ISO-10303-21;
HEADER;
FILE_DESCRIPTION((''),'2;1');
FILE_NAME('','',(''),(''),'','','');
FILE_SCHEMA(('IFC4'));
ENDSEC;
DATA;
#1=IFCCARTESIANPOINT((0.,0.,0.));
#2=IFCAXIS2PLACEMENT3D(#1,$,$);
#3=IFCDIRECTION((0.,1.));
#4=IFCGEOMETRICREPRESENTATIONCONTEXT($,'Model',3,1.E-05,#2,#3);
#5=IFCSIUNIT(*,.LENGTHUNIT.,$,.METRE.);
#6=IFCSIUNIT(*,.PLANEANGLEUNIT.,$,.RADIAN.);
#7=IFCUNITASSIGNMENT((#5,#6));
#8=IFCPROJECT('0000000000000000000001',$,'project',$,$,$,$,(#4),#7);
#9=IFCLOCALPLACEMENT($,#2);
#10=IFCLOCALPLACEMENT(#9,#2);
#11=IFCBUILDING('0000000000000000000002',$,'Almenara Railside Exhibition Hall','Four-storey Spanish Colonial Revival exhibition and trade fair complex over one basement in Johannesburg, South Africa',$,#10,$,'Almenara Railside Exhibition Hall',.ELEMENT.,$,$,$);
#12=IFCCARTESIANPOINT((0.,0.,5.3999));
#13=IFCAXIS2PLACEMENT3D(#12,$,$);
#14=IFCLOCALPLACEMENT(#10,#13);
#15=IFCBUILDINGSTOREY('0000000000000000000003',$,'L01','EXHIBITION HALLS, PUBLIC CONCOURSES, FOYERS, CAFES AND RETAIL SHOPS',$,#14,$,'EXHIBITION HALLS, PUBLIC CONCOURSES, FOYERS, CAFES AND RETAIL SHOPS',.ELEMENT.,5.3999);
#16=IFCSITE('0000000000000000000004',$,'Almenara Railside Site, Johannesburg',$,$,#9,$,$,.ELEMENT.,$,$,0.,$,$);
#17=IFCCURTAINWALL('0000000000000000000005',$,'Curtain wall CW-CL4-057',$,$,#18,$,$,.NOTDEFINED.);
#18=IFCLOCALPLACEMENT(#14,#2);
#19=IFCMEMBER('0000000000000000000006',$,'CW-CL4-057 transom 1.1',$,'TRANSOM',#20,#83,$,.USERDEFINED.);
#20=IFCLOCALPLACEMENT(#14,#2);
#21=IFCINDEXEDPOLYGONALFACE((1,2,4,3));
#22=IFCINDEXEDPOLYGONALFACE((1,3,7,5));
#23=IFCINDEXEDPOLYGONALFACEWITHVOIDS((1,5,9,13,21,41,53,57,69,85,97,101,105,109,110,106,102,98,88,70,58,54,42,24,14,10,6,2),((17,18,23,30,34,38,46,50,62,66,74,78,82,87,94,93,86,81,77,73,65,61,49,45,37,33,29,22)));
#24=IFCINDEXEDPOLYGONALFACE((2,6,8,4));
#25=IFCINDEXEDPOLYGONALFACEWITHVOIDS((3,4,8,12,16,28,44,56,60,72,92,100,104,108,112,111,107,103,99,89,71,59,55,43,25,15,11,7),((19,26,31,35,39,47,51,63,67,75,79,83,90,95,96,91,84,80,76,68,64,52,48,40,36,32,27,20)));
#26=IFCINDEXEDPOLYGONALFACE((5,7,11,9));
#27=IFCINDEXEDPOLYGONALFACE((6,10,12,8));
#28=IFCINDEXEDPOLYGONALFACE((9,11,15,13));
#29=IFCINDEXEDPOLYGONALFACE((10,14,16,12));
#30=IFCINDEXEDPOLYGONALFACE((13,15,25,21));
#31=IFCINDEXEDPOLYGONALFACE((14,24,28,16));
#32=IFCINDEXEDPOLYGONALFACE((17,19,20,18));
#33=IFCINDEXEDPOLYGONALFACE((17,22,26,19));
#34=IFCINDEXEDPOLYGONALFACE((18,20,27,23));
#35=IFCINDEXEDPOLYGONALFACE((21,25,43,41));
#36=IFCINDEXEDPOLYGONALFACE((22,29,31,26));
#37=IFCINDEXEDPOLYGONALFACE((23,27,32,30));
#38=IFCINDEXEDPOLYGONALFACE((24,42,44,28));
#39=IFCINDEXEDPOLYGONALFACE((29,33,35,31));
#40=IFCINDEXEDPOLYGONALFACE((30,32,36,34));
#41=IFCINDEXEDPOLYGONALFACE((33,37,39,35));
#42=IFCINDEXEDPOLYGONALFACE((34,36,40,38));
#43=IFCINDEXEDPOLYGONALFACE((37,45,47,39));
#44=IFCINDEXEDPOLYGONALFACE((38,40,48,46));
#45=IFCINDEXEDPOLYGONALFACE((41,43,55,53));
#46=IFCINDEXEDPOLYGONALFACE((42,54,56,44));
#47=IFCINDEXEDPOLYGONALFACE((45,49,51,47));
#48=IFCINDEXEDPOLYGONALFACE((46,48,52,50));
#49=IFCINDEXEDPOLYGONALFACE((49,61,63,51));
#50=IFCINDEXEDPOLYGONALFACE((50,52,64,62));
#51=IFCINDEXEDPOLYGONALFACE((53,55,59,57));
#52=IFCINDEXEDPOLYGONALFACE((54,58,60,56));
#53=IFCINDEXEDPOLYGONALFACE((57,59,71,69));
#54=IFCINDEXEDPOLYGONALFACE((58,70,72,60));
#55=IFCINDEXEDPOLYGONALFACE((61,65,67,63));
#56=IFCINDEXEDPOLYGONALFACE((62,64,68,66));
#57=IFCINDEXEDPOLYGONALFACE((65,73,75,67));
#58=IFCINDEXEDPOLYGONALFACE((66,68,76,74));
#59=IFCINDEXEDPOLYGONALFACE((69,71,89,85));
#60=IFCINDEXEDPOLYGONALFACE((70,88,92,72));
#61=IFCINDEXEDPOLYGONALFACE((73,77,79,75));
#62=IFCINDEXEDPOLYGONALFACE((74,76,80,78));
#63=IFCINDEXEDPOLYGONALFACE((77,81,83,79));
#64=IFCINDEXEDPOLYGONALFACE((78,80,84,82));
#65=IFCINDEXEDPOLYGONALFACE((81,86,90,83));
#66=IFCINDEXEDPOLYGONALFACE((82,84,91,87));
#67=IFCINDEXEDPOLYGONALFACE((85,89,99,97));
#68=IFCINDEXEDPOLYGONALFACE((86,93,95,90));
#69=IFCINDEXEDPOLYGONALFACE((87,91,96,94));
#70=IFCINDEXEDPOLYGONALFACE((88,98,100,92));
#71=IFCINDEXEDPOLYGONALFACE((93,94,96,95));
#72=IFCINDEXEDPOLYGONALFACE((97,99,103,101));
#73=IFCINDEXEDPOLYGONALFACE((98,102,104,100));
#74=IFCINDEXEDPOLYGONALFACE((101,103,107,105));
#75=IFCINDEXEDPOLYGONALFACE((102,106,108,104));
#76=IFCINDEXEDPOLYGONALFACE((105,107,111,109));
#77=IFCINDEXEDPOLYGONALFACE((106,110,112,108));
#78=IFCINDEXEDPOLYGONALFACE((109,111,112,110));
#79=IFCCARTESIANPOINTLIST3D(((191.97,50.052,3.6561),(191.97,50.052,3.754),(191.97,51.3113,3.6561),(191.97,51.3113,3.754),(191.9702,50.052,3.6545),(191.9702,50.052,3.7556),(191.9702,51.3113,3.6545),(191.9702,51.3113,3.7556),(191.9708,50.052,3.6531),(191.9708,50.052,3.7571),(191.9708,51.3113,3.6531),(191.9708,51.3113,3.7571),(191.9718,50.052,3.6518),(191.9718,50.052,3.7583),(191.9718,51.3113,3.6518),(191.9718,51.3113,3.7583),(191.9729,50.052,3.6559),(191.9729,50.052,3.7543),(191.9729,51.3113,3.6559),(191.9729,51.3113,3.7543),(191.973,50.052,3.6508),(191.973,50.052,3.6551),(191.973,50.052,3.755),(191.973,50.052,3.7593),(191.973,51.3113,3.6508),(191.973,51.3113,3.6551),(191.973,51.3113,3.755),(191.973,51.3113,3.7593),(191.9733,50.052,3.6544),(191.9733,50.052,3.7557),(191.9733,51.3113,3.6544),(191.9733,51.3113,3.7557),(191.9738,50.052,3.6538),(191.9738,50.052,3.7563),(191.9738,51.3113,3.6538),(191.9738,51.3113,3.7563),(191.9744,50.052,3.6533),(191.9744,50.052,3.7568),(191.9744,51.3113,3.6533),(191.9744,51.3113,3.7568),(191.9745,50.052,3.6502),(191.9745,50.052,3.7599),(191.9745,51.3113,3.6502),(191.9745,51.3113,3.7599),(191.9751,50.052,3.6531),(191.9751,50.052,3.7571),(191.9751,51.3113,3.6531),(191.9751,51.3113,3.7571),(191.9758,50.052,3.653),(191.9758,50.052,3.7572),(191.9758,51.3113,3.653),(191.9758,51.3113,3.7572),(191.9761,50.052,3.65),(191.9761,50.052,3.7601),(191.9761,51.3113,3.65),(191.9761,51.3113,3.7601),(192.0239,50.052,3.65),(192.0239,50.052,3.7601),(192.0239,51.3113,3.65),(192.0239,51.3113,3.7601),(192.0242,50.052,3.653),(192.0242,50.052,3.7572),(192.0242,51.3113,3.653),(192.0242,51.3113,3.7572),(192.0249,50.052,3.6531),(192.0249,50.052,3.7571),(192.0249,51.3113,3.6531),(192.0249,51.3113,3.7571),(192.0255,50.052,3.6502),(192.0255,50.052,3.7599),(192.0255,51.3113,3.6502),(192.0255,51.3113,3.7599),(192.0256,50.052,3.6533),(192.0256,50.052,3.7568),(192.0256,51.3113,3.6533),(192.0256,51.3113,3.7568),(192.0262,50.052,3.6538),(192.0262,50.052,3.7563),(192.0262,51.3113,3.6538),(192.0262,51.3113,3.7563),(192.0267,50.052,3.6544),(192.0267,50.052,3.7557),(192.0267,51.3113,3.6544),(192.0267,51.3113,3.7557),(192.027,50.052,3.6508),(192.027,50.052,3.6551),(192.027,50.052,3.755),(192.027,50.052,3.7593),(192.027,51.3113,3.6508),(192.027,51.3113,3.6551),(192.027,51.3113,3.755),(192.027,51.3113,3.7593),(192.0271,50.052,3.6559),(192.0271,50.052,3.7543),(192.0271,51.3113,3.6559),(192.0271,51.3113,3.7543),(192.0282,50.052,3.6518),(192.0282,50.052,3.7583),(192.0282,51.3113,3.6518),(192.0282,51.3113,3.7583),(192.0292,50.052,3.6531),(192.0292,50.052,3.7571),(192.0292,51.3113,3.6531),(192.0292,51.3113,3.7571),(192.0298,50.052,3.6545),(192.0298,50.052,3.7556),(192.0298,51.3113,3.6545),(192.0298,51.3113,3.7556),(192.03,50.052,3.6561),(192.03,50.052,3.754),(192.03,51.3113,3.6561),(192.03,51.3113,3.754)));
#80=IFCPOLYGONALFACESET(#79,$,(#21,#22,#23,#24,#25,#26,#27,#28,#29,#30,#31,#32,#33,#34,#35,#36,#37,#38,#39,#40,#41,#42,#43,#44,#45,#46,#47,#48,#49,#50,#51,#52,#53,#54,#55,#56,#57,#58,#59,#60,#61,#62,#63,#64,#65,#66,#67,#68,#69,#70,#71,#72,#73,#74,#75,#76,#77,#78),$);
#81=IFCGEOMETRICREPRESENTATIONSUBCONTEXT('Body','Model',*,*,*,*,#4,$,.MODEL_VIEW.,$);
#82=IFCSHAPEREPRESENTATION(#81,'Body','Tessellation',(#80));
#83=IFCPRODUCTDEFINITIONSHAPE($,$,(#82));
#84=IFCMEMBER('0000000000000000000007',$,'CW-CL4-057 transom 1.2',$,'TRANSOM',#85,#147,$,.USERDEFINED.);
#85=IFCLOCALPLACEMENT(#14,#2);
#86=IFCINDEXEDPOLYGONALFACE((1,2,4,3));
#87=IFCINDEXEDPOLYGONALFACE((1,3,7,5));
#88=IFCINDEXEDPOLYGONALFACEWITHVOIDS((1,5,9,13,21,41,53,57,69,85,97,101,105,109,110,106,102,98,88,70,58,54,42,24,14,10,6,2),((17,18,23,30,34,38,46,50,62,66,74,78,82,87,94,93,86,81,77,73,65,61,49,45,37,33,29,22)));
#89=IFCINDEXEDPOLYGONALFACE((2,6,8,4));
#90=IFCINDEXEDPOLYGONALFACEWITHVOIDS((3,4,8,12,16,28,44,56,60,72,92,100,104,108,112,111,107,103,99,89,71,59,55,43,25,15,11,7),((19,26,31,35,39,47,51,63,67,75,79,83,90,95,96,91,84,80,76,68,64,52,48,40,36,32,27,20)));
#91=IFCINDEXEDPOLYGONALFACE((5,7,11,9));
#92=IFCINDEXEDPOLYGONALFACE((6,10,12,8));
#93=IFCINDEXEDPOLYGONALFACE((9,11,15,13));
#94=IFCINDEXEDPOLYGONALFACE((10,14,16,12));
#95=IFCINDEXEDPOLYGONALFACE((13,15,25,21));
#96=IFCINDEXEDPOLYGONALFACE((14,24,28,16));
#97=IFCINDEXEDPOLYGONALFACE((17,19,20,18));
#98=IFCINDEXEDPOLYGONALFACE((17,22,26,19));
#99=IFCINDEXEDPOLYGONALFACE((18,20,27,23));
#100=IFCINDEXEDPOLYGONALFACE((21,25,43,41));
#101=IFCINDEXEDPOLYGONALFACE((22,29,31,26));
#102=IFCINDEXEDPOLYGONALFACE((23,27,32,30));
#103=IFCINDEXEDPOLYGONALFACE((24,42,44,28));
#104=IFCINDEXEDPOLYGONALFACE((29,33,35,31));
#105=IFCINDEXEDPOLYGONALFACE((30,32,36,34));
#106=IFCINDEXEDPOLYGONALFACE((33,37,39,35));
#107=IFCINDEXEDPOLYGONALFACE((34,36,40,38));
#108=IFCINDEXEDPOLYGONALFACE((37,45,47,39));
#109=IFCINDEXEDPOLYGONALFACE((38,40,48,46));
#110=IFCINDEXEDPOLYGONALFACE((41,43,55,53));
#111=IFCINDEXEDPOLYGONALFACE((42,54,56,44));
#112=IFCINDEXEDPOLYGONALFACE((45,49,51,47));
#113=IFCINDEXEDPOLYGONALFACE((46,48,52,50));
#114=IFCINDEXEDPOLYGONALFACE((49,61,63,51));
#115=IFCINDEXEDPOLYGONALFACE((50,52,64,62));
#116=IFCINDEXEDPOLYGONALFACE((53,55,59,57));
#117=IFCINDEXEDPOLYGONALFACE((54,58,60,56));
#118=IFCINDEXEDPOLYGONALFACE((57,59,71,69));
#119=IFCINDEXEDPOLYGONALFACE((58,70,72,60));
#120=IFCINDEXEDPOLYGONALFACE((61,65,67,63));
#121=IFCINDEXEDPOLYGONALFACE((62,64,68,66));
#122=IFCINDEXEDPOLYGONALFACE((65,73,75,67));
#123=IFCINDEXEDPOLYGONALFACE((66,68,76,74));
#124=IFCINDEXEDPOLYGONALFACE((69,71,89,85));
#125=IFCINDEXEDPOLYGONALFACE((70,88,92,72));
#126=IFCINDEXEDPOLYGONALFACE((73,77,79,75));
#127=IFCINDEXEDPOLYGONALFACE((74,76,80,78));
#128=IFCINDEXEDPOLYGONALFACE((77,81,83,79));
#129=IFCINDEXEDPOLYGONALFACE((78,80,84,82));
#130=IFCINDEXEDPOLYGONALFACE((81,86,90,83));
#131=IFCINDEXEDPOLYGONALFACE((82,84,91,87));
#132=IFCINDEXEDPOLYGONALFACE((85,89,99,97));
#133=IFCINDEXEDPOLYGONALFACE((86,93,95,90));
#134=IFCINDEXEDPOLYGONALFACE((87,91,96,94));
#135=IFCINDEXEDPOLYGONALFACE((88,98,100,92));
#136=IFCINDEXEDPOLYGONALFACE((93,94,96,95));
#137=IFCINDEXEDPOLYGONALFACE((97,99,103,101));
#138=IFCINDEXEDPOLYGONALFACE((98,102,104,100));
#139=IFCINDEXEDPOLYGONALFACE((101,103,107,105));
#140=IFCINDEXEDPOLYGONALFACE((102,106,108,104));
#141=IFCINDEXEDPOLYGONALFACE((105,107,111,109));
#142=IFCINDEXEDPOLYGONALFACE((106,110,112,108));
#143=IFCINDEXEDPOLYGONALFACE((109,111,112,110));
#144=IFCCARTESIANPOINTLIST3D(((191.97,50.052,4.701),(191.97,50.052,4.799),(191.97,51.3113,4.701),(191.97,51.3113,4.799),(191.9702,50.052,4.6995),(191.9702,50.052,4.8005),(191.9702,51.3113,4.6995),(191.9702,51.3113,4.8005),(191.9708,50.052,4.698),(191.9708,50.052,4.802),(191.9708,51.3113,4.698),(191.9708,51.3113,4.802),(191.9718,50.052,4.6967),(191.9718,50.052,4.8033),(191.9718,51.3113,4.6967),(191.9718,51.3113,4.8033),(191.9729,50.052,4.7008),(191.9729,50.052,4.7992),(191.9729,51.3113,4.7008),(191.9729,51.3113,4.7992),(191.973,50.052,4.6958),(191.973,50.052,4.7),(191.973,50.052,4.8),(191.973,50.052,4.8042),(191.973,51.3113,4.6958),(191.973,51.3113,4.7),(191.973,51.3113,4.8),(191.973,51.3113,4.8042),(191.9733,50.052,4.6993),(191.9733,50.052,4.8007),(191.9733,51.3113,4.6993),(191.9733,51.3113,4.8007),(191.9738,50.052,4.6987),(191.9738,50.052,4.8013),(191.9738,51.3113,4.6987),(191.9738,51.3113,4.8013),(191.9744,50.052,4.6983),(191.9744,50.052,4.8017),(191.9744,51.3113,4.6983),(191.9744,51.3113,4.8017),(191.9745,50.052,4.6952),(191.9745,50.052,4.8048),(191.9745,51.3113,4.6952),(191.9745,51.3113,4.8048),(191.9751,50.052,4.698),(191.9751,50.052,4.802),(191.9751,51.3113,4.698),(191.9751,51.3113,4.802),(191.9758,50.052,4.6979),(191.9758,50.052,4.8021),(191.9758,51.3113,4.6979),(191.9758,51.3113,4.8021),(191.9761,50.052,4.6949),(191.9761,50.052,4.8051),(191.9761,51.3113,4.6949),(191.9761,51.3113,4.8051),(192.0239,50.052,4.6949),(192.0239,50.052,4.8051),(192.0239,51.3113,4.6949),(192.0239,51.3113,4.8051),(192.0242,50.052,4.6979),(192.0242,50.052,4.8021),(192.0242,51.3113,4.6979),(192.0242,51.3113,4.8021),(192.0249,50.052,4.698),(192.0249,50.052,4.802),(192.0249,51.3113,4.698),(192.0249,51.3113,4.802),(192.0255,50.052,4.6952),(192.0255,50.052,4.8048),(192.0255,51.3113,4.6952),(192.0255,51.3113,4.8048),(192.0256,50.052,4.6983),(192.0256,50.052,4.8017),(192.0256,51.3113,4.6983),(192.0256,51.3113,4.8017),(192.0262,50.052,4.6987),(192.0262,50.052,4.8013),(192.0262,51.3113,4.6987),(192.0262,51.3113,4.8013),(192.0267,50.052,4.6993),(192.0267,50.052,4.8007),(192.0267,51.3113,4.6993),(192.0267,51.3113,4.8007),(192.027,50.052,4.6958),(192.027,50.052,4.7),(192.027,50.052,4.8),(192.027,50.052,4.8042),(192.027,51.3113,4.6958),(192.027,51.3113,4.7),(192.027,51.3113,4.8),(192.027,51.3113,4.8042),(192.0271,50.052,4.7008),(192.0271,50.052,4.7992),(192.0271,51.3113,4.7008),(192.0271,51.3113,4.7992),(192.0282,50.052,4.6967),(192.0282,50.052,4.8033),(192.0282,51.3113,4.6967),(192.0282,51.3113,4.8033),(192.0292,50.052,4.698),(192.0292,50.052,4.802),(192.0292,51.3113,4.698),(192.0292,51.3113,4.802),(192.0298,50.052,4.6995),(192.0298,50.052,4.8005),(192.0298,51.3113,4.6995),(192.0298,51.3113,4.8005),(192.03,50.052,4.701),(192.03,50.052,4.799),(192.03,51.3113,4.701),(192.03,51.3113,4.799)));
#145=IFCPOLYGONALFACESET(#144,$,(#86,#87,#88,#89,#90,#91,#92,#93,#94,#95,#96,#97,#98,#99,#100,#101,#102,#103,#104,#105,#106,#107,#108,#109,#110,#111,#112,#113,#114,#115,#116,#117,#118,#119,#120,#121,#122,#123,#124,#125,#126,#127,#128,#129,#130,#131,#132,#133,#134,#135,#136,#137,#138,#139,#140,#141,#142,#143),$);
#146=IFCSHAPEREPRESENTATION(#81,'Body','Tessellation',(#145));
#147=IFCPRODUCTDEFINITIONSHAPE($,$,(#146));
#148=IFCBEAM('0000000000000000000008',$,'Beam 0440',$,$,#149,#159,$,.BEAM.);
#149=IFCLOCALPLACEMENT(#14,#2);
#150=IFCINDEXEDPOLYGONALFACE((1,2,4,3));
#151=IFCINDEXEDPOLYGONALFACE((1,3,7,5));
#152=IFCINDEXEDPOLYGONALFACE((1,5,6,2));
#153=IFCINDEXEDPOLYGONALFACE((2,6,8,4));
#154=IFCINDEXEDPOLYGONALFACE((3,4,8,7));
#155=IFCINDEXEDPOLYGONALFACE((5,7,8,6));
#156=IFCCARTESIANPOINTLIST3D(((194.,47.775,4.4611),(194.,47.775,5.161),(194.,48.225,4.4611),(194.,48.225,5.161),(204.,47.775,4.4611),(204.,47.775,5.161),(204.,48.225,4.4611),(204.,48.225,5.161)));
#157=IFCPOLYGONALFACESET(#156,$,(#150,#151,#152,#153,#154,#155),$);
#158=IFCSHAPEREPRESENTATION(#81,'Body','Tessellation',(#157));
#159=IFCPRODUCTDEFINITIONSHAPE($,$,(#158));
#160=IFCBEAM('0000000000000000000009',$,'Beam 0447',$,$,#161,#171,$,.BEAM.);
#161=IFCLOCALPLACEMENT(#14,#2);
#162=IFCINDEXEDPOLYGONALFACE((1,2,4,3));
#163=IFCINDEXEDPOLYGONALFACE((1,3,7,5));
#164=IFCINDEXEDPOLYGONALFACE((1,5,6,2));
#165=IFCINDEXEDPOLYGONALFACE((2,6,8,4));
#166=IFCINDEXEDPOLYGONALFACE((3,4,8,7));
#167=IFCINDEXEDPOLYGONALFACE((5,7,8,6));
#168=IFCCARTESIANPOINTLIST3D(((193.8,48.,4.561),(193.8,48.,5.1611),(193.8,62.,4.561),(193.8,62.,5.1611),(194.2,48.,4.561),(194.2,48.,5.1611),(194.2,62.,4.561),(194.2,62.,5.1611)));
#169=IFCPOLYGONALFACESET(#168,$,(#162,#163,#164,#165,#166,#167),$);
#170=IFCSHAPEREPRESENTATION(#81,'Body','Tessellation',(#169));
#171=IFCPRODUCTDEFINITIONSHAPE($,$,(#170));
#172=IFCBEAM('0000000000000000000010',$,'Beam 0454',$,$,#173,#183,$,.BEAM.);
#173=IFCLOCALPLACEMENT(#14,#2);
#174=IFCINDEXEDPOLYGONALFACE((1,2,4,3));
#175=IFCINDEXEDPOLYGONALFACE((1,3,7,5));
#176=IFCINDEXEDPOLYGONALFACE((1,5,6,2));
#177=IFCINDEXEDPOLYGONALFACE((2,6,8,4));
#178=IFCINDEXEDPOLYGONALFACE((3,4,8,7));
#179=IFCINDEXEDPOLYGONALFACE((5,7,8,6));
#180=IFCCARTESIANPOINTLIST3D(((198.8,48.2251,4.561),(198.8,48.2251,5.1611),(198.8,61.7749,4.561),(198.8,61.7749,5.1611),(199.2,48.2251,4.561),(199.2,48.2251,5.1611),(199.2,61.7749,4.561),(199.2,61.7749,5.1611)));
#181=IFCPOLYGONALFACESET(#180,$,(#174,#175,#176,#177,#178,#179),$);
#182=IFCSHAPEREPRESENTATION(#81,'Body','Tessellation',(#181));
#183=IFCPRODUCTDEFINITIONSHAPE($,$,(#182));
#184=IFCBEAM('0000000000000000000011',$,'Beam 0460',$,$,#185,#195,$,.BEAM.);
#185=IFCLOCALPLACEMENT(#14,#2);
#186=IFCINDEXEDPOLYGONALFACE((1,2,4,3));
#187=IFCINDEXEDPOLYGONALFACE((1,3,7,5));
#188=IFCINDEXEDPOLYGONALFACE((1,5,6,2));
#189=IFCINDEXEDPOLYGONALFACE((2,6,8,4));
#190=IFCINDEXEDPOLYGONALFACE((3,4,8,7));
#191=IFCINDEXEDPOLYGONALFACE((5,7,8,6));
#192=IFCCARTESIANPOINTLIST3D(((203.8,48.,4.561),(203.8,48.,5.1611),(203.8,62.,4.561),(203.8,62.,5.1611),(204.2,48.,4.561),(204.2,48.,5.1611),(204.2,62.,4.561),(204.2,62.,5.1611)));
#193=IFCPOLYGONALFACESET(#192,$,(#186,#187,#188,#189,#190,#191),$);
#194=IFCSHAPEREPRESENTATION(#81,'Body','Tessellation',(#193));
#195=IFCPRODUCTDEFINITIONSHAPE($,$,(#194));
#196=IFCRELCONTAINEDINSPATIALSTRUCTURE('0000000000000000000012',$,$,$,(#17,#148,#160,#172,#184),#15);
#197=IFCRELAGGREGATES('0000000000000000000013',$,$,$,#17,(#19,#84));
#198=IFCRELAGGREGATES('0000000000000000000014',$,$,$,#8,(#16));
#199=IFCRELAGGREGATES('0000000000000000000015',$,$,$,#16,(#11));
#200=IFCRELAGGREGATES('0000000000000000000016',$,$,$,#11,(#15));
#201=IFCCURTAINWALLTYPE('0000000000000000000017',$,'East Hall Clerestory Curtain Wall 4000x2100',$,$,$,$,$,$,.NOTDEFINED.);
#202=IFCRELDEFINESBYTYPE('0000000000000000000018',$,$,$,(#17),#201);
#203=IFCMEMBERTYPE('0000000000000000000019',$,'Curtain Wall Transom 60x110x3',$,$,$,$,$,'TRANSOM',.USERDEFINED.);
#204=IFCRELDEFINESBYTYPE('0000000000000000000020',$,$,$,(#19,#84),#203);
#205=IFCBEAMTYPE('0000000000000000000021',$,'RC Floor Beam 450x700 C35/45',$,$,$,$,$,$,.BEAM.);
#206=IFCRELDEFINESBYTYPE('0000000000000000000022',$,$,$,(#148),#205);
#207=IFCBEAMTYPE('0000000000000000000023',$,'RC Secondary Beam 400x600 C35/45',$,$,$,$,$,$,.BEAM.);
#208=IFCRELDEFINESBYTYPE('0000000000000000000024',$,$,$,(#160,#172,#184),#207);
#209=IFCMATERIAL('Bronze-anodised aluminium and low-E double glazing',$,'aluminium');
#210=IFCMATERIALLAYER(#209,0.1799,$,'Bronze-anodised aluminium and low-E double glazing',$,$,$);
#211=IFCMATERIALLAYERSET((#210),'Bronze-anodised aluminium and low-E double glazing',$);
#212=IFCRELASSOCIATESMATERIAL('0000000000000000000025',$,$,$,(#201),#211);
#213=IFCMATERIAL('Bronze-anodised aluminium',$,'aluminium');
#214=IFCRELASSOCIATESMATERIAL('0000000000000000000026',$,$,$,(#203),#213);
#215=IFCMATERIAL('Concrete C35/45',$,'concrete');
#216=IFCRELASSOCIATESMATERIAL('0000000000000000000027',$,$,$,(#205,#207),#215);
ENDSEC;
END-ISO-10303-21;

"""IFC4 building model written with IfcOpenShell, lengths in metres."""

from ifc_helpers import new_model, si_unit, direction, frame, origin, origin_2d, place, context, subcontext, project, spatial, rectangle, hollow_rectangle, extrude, material, layer, layer_set, material_profile, profile_set, type_object, element, aggregate, save


model = new_model("IFC4")

# Units and contexts
model_context = context("Model", 3, precision=1e-05, world=origin(), true_north=direction((0.0, 1.0)))
body_context = subcontext(model_context, "Body", "Model", "MODEL_VIEW")
ifc_project = project(units=[si_unit("LENGTHUNIT", "METRE"), si_unit("PLANEANGLEUNIT", "RADIAN")], contexts=[model_context])

# Site, building, storey
site_placement = place(None, origin())
site = spatial("IfcSite", under=ifc_project, at=site_placement, Name="Almenara Railside Site, Johannesburg", CompositionType="ELEMENT", RefElevation=0.0)
building_placement = place(site_placement, origin())
building = spatial("IfcBuilding", under=site, at=building_placement, Name="Almenara Railside Exhibition Hall", Description="Four-storey Spanish Colonial Revival exhibition and trade fair complex over one basement in Johannesburg, South Africa", LongName="Almenara Railside Exhibition Hall", CompositionType="ELEMENT")
storey_placement = place(building_placement, frame((0.0, 0.0, 5.3999)))
storey = spatial("IfcBuildingStorey", under=building, at=storey_placement, Name="L01", Description="EXHIBITION HALLS, PUBLIC CONCOURSES, FOYERS, CAFES AND RETAIL SHOPS", LongName="EXHIBITION HALLS, PUBLIC CONCOURSES, FOYERS, CAFES AND RETAIL SHOPS", CompositionType="ELEMENT", Elevation=5.3999)

# Shared definitions
ifc_material_1 = material(Name="Concrete C35/45", Category="concrete")

# Shared definitions
ifc_material_2 = material(Name="Bronze-anodised aluminium and low-E double glazing", Category="aluminium")
ifc_material_3 = material(Name="Bronze-anodised aluminium", Category="aluminium")

# Curtain wall
ifc_layer_1 = layer(ifc_material_2, 0.1799, Name="Bronze-anodised aluminium and low-E double glazing")
ifc_layer_set_1 = layer_set([ifc_layer_1], Name="Bronze-anodised aluminium and low-E double glazing")
curtain_wall_type_1 = type_object("IfcCurtainWallType", Name="East Hall Clerestory Curtain Wall 4000x2100", PredefinedType="NOTDEFINED", material=ifc_layer_set_1)
curtain_wall_1_placement = place(storey_placement, origin())
curtain_wall_1 = element("IfcCurtainWall", 1, at=curtain_wall_1_placement, inside=storey, type_object=curtain_wall_type_1, Name="Curtain wall CW-CL4-057", PredefinedType="NOTDEFINED")

# Members
ifc_material_profile_1 = material_profile(ifc_material_3, hollow_rectangle(XDim=0.0601, YDim=0.1101, WallThickness=0.0029, InnerFilletRadius=0.0029, OuterFilletRadius=0.0061, at=origin_2d()), Name="ALU-TRN 60x110x3")
ifc_profile_set_1 = profile_set([ifc_material_profile_1], Name="Bronze-anodised aluminium")
member_type_1 = type_object("IfcMemberType", Name="Curtain Wall Transom 60x110x3", ElementType="TRANSOM", PredefinedType="USERDEFINED", material=ifc_profile_set_1)
member_1_placement = place(storey_placement, frame((192.0, 50.052, 3.7051), z_axis=(0.0, 1.0, 0.0), x_axis=(-1.0, 0.0, 0.0)))
member_1 = element("IfcMember", 2, at=member_1_placement, type_object=member_type_1, Name="CW-CL4-057 transom 1.1", ObjectType="TRANSOM", PredefinedType="USERDEFINED", context=body_context, shape_type="SweptSolid", body=[
    extrude(hollow_rectangle(XDim=0.0601, YDim=0.1101, WallThickness=0.0029, InnerFilletRadius=0.0029, OuterFilletRadius=0.0061, at=origin_2d()), origin(), (0.0, 0.0, 1.0), 1.2593),
])
member_2_placement = place(storey_placement, frame((192.0, 50.052, 4.75), z_axis=(0.0, 1.0, 0.0), x_axis=(-1.0, 0.0, 0.0)))
member_2 = element("IfcMember", 3, at=member_2_placement, type_object=member_type_1, Name="CW-CL4-057 transom 1.2", ObjectType="TRANSOM", PredefinedType="USERDEFINED", context=body_context, shape_type="SweptSolid", body=[
    extrude(hollow_rectangle(XDim=0.0601, YDim=0.1101, WallThickness=0.0029, InnerFilletRadius=0.0029, OuterFilletRadius=0.0061, at=origin_2d()), origin(), (0.0, 0.0, 1.0), 1.2593),
])
aggregate(curtain_wall_1, [member_1, member_2])

# Beams
ifc_material_profile_2 = material_profile(ifc_material_1, rectangle(XDim=0.45, YDim=0.7, at=origin_2d()), Name="RC 450x700")
ifc_profile_set_2 = profile_set([ifc_material_profile_2], Name="Concrete C35/45")
beam_type_1 = type_object("IfcBeamType", Name="RC Floor Beam 450x700 C35/45", PredefinedType="BEAM", material=ifc_profile_set_2)
beam_1_placement = place(storey_placement, frame((194.0, 48.0, 4.811), z_axis=(1.0, 0.0, 0.0), x_axis=(0.0, 1.0, 0.0)))
element("IfcBeam", 4, at=beam_1_placement, inside=storey, type_object=beam_type_1, Name="Beam 0440", PredefinedType="BEAM", context=body_context, shape_type="SweptSolid", body=[
    extrude(rectangle(XDim=0.45, YDim=0.7, at=origin_2d()), origin(), (0.0, 0.0, 1.0), 10.0),
])
ifc_material_profile_3 = material_profile(ifc_material_1, rectangle(XDim=0.3999, YDim=0.6001, at=origin_2d()), Name="RC 400x600")
ifc_profile_set_3 = profile_set([ifc_material_profile_3], Name="Concrete C35/45")
beam_type_2 = type_object("IfcBeamType", Name="RC Secondary Beam 400x600 C35/45", PredefinedType="BEAM", material=ifc_profile_set_3)
beam_2_placement = place(storey_placement, frame((194.0, 48.0, 4.8611), z_axis=(0.0, 1.0, 0.0), x_axis=(-1.0, 0.0, 0.0)))
element("IfcBeam", 5, at=beam_2_placement, inside=storey, type_object=beam_type_2, Name="Beam 0447", PredefinedType="BEAM", context=body_context, shape_type="SweptSolid", body=[
    extrude(rectangle(XDim=0.3999, YDim=0.6001, at=origin_2d()), origin(), (0.0, 0.0, 1.0), 14.0),
])
beam_3_placement = place(storey_placement, frame((199.0, 48.2251, 4.8611), z_axis=(0.0, 1.0, 0.0), x_axis=(-1.0, 0.0, 0.0)))
element("IfcBeam", 6, at=beam_3_placement, inside=storey, type_object=beam_type_2, Name="Beam 0454", PredefinedType="BEAM", context=body_context, shape_type="SweptSolid", body=[
    extrude(rectangle(XDim=0.3999, YDim=0.6001, at=origin_2d()), origin(), (0.0, 0.0, 1.0), 13.5498),
])
beam_4_placement = place(storey_placement, frame((204.0, 48.0, 4.8611), z_axis=(0.0, 1.0, 0.0), x_axis=(-1.0, 0.0, 0.0)))
element("IfcBeam", 7, at=beam_4_placement, inside=storey, type_object=beam_type_2, Name="Beam 0460", PredefinedType="BEAM", context=body_context, shape_type="SweptSolid", body=[
    extrude(rectangle(XDim=0.3999, YDim=0.6001, at=origin_2d()), origin(), (0.0, 0.0, 1.0), 14.0),
])

save(model, "model.ifc")
